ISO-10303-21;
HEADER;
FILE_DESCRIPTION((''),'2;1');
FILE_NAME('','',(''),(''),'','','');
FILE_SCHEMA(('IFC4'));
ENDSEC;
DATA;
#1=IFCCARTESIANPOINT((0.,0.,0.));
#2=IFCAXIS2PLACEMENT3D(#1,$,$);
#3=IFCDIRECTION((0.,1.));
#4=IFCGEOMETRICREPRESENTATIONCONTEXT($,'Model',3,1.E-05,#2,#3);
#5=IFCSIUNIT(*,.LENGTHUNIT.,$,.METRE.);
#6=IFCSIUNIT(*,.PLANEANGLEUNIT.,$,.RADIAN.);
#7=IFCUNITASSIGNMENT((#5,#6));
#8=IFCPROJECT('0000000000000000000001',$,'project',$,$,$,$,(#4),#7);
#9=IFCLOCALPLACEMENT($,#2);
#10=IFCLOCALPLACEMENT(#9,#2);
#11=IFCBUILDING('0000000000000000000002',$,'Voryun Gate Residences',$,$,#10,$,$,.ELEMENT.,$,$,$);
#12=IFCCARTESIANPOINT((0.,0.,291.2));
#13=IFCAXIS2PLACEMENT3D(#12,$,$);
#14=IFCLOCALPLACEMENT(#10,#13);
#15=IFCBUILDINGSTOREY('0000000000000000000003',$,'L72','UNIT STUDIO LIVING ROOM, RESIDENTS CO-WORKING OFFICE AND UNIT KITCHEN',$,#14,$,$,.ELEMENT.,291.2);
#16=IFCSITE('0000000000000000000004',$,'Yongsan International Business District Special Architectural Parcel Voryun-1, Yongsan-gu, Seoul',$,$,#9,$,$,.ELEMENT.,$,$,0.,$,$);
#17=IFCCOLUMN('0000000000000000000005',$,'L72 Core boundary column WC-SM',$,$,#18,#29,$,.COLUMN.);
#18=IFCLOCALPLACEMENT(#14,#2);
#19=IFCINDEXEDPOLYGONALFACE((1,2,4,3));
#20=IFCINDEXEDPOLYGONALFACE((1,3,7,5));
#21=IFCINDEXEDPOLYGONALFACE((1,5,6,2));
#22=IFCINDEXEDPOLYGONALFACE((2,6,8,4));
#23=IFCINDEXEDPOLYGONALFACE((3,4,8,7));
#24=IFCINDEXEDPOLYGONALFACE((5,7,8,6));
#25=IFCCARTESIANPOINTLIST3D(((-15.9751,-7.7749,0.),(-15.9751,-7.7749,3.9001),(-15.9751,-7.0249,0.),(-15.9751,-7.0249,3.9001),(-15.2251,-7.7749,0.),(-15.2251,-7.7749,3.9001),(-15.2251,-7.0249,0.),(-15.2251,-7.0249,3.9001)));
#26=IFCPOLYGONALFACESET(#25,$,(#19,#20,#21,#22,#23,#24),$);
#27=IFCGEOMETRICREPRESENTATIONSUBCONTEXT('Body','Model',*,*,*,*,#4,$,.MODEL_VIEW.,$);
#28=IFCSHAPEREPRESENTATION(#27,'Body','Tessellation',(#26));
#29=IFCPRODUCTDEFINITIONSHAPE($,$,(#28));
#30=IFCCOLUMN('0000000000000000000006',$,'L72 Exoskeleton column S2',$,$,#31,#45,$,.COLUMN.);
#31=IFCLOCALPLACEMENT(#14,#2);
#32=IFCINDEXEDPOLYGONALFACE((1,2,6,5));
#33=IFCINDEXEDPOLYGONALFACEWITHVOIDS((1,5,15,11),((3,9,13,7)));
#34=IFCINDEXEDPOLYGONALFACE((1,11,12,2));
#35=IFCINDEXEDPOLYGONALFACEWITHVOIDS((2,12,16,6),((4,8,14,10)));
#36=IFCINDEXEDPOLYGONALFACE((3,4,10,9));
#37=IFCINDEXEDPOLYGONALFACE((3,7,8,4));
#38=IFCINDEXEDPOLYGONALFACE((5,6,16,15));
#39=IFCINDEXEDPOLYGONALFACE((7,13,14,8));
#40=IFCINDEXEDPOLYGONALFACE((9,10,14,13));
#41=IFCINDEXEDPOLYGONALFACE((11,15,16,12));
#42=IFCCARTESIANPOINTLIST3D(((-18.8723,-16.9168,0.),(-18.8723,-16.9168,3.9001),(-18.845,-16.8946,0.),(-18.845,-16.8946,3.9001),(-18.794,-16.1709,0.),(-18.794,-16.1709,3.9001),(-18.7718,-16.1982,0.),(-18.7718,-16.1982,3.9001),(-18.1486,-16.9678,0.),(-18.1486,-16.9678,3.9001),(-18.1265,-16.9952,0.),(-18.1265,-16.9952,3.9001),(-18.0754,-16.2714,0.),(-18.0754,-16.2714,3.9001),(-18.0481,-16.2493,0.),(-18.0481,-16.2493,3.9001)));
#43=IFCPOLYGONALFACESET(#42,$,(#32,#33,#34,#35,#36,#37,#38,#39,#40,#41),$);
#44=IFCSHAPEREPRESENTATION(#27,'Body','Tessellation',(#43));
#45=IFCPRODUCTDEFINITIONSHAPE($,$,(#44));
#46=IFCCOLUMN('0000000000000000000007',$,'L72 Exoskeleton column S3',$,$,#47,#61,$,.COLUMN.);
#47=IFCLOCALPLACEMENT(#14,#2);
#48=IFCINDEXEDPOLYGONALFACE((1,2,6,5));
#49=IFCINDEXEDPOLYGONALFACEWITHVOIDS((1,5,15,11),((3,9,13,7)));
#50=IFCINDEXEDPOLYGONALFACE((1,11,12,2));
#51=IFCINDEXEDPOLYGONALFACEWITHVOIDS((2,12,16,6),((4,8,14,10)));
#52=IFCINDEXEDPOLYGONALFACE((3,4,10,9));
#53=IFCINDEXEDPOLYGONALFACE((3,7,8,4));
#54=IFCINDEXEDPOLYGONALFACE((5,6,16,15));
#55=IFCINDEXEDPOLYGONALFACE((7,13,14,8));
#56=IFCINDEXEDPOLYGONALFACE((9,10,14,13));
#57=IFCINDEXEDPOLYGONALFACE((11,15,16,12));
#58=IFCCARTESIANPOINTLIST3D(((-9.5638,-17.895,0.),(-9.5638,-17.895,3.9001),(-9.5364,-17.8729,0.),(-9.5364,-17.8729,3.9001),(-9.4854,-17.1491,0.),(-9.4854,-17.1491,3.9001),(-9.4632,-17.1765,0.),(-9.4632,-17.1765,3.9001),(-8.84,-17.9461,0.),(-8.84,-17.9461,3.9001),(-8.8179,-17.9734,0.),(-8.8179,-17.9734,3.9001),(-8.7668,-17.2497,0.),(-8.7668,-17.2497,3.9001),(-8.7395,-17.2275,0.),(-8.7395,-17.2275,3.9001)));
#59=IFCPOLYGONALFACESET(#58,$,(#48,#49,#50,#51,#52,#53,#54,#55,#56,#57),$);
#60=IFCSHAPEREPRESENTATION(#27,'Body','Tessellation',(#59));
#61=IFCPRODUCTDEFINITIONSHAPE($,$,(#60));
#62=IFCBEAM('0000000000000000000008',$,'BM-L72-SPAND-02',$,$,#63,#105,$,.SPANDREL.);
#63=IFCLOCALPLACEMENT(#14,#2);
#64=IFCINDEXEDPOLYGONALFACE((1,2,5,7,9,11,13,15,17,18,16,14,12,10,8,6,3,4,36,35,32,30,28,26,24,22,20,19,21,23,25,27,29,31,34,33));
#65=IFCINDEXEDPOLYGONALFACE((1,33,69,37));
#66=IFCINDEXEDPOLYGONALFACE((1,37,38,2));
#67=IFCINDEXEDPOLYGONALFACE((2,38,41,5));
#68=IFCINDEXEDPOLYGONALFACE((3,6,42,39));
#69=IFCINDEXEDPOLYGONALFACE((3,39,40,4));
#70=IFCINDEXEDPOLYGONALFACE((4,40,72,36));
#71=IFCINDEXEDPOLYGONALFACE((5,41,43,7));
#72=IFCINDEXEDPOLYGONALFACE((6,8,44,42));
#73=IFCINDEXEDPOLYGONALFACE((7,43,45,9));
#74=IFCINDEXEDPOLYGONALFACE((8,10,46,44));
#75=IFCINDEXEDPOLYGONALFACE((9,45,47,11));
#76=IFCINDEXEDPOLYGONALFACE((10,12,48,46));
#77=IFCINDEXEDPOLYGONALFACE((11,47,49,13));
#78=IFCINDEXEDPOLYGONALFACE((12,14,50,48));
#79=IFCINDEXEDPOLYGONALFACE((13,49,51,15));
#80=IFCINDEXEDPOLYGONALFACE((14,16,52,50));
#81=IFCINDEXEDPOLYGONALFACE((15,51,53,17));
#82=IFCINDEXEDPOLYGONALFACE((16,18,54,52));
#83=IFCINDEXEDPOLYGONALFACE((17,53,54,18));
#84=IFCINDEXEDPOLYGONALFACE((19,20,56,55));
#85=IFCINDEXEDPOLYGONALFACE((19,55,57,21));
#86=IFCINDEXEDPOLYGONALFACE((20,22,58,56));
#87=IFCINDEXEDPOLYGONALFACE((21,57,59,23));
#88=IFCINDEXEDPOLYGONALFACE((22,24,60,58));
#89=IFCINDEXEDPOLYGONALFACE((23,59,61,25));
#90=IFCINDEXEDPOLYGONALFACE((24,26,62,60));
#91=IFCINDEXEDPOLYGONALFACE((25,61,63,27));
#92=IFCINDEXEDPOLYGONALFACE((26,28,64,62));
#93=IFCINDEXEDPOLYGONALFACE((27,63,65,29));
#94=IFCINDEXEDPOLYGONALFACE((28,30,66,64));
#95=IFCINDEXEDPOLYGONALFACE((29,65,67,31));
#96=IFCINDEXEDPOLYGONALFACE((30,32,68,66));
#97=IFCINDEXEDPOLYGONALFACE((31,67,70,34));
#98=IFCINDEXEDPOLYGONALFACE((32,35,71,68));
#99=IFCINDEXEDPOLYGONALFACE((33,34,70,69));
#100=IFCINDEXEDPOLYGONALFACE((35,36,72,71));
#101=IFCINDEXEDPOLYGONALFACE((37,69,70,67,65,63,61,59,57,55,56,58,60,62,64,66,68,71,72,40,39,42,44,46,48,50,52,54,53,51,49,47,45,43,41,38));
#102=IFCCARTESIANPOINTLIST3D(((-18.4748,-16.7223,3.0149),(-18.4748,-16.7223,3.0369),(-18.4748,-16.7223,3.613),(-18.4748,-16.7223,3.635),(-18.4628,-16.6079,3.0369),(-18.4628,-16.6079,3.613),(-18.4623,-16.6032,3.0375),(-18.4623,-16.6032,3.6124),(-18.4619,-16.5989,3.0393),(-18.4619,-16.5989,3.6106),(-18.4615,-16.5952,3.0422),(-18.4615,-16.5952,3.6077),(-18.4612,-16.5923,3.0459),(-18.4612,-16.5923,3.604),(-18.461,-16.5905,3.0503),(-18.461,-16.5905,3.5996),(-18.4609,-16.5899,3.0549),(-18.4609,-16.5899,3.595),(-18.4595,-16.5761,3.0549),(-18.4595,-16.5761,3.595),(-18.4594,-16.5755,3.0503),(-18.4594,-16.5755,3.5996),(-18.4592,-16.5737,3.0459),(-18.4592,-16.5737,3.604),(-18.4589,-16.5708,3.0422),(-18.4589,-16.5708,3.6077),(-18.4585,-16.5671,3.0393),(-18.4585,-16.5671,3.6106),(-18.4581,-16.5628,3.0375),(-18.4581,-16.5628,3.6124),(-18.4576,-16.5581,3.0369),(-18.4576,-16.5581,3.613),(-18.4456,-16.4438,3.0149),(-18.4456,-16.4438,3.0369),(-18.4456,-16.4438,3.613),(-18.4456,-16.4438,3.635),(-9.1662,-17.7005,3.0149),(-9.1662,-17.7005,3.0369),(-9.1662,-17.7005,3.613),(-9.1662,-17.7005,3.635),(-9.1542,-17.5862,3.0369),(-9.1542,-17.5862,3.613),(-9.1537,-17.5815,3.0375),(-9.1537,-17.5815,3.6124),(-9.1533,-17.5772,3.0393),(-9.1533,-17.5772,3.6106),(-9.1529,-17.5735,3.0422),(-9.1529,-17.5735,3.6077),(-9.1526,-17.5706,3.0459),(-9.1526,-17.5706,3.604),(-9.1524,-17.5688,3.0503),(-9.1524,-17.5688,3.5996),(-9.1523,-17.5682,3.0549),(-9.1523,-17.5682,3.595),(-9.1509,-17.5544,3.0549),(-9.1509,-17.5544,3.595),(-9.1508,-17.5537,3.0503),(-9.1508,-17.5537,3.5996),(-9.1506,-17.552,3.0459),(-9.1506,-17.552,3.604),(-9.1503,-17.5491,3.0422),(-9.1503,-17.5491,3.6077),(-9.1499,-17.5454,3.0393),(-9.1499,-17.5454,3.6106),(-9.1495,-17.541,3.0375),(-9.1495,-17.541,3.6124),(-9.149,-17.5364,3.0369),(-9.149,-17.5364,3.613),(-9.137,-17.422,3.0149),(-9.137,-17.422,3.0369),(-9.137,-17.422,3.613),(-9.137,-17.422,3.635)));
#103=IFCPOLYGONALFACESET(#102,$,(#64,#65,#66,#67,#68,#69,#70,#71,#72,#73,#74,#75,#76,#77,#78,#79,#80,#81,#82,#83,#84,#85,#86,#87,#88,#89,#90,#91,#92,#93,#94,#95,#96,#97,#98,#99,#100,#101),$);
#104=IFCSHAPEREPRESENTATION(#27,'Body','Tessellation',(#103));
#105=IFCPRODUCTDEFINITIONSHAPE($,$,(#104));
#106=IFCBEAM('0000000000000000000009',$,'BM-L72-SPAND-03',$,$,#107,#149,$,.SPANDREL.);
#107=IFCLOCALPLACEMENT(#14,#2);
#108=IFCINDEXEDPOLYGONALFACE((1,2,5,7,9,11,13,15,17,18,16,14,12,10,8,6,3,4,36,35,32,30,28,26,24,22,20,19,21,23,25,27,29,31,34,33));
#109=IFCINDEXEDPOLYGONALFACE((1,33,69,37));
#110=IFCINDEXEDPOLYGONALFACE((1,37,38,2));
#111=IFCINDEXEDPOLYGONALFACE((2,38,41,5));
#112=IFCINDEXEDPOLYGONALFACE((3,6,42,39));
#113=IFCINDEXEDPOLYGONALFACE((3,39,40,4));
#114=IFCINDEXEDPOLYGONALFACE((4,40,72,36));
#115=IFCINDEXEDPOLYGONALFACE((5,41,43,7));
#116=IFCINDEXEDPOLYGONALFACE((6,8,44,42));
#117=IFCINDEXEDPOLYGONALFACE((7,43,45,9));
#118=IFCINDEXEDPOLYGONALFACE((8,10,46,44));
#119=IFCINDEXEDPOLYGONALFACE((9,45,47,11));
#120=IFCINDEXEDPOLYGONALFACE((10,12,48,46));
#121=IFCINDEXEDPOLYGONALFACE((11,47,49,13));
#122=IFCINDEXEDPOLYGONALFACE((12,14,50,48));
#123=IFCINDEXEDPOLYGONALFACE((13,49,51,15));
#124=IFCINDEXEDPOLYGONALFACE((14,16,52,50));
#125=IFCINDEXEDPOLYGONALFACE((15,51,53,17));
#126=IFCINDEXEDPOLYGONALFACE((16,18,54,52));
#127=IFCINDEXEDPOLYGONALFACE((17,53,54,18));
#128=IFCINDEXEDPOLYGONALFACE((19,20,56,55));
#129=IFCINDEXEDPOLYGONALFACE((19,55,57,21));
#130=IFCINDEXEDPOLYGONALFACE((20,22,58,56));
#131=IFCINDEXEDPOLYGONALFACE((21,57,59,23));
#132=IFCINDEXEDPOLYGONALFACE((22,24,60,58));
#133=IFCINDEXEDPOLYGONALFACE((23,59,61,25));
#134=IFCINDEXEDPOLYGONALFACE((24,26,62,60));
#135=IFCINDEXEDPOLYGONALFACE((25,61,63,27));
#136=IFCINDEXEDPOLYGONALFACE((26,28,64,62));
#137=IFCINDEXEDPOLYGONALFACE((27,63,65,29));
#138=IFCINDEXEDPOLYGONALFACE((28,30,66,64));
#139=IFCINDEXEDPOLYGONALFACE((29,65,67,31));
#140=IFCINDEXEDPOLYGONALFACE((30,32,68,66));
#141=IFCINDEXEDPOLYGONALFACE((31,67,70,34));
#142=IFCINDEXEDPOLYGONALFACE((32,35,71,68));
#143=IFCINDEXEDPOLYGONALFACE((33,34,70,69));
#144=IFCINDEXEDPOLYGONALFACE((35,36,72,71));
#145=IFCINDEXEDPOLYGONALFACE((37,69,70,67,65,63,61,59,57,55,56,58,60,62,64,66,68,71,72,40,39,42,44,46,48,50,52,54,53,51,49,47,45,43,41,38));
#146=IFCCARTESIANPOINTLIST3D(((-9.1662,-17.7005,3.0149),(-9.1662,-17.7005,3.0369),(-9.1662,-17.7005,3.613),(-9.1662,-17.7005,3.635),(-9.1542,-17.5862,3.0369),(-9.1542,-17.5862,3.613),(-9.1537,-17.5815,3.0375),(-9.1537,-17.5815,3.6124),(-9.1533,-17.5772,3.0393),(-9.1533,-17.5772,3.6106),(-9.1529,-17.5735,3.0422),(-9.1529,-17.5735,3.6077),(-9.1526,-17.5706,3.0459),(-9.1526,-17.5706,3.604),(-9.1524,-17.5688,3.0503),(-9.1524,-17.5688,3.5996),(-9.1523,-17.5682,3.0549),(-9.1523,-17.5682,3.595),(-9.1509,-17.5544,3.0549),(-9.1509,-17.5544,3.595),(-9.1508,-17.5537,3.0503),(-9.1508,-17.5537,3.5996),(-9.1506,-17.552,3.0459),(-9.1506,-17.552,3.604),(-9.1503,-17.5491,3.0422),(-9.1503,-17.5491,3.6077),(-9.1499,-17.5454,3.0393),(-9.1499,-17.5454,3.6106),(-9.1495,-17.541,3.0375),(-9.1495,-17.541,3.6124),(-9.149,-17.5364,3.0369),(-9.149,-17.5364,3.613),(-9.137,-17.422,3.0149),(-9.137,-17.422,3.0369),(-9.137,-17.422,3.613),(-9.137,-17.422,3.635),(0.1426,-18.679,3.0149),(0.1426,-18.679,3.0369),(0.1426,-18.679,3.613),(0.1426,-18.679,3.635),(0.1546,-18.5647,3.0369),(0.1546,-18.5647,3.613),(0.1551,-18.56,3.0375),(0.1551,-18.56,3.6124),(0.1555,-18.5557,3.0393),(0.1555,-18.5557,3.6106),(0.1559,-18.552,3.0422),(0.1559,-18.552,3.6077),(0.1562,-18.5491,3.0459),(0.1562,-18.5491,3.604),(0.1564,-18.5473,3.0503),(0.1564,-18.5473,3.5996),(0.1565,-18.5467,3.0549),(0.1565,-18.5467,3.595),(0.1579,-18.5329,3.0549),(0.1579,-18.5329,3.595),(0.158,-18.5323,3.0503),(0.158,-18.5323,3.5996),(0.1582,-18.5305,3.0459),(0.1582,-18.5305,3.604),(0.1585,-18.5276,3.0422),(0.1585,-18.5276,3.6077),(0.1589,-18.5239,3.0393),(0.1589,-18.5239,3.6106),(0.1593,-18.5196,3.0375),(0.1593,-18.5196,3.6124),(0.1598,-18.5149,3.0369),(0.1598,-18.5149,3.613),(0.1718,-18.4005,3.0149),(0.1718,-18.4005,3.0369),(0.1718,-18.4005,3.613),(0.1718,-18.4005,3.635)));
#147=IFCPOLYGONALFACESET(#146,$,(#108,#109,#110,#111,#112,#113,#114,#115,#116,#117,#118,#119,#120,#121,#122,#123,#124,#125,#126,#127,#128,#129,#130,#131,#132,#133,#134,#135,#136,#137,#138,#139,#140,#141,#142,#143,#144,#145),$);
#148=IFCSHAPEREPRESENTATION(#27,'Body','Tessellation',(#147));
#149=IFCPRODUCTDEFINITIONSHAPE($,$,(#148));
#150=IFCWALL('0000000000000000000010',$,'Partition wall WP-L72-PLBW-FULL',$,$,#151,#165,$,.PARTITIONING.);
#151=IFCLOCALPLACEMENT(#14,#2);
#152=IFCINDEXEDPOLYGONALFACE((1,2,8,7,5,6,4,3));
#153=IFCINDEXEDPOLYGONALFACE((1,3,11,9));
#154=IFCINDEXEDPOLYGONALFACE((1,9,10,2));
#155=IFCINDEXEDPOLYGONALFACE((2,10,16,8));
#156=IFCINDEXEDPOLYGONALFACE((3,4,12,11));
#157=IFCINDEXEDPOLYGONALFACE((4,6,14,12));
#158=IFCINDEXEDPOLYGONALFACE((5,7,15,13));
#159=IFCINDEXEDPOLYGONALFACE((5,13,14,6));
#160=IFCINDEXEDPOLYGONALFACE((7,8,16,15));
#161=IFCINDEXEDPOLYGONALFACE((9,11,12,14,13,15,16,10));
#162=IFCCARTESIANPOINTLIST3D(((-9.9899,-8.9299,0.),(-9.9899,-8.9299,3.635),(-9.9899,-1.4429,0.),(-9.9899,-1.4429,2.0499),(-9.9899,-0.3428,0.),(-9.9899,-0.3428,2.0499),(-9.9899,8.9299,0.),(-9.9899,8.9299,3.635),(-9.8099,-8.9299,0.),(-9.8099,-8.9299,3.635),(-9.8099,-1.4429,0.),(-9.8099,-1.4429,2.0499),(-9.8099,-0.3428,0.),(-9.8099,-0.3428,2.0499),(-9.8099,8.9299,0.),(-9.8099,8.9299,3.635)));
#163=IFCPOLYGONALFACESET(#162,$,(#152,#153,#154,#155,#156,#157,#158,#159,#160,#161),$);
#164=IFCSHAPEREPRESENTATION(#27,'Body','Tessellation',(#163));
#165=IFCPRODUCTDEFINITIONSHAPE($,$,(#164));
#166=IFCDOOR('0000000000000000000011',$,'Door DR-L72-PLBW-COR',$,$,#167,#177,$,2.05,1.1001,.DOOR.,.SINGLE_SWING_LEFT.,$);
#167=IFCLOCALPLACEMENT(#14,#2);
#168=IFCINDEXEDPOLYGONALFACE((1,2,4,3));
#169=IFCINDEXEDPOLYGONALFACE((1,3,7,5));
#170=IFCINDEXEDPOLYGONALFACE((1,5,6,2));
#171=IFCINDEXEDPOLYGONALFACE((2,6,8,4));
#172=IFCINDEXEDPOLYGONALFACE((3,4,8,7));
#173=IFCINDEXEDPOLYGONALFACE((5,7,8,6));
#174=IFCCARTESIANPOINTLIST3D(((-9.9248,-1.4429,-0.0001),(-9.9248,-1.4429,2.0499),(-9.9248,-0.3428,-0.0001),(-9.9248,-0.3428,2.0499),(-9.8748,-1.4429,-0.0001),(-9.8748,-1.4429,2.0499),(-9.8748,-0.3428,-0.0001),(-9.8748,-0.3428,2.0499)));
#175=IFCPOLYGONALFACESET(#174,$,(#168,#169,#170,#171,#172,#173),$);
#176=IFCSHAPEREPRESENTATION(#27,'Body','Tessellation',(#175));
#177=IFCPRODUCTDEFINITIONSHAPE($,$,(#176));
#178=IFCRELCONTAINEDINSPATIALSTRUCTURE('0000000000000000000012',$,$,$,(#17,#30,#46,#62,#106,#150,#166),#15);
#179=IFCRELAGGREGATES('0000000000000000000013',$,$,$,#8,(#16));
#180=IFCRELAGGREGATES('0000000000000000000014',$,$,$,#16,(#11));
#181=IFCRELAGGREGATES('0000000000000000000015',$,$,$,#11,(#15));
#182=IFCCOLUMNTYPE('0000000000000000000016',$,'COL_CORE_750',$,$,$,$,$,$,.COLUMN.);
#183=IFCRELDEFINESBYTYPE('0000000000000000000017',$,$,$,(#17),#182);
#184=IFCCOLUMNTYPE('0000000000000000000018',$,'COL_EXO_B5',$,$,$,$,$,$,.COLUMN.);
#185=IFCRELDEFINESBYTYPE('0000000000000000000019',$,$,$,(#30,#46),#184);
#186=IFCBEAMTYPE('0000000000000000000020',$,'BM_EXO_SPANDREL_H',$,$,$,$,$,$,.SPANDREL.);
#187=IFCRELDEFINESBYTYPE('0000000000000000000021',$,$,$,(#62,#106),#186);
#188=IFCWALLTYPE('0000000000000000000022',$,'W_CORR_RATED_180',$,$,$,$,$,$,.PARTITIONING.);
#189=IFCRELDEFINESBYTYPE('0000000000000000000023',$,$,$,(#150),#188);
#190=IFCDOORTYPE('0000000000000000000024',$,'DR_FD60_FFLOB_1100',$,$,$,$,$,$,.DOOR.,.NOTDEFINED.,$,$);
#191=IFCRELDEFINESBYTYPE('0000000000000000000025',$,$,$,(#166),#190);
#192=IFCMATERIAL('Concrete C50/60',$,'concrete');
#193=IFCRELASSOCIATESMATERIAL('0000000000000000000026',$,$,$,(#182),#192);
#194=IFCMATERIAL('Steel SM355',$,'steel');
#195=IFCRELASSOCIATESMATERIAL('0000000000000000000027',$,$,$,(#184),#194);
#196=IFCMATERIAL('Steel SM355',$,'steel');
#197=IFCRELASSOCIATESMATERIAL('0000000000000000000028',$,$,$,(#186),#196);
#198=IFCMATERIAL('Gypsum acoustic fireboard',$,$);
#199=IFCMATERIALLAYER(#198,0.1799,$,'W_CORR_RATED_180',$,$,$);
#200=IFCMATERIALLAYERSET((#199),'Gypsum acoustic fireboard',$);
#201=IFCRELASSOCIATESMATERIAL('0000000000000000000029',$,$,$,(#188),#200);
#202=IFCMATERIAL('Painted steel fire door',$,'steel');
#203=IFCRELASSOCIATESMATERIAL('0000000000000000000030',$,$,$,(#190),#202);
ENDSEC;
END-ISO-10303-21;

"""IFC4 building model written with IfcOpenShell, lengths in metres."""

from ifc_helpers import new_model, si_unit, direction, frame, frame_2d, origin, origin_2d, place, context, subcontext, project, spatial, rectangle, hollow_rectangle, i_section, extrude, material, layer, layer_set, material_profile, profile_set, type_object, element, fill, save


model = new_model("IFC4")

# Units and contexts
model_context = context("Model", 3, precision=1e-05, world=origin(), true_north=direction((0.0, 1.0)))
body_context = subcontext(model_context, "Body", "Model", "MODEL_VIEW")
ifc_project = project(units=[si_unit("LENGTHUNIT", "METRE"), si_unit("PLANEANGLEUNIT", "RADIAN")], contexts=[model_context])

# Site, building, storey
site_placement = place(None, origin())
site = spatial("IfcSite", under=ifc_project, at=site_placement, Name="Yongsan International Business District Special Architectural Parcel Voryun-1, Yongsan-gu, Seoul", CompositionType="ELEMENT", RefElevation=0.0)
building_placement = place(site_placement, origin())
building = spatial("IfcBuilding", under=site, at=building_placement, Name="Voryun Gate Residences", CompositionType="ELEMENT")
storey_placement = place(building_placement, frame((0.0, 0.0, 291.2)))
storey = spatial("IfcBuildingStorey", under=building, at=storey_placement, Name="L72", Description="UNIT STUDIO LIVING ROOM, RESIDENTS CO-WORKING OFFICE AND UNIT KITCHEN", CompositionType="ELEMENT", Elevation=291.2)

# Columns
ifc_material_1 = material(Name="Concrete C50/60", Category="concrete")
ifc_material_profile_1 = material_profile(ifc_material_1, rectangle(XDim=0.75, YDim=0.75, at=origin_2d()), Name="RC-750x750")
ifc_profile_set_1 = profile_set([ifc_material_profile_1], Name="Concrete C50/60")
column_type_1 = type_object("IfcColumnType", Name="COL_CORE_750", PredefinedType="COLUMN", material=ifc_profile_set_1)
column_placement = place(storey_placement, frame((-15.6001, -7.3999, 0.0), z_axis=(0.0, 0.0, 1.0), x_axis=(1.0, 0.0, 0.0)))
element("IfcColumn", 1, at=column_placement, inside=storey, type_object=column_type_1, Name="L72 Core boundary column WC-SM", PredefinedType="COLUMN", context=body_context, shape_type="SweptSolid", body=[
    extrude(rectangle(XDim=0.75, YDim=0.75, at=origin_2d()), origin(), (0.0, 0.0, 1.0), 3.9001),
])
ifc_material_2 = material(Name="Steel SM355", Category="steel")
ifc_material_profile_2 = material_profile(ifc_material_2, hollow_rectangle(XDim=0.75, YDim=0.75, WallThickness=0.0249, at=origin_2d()), Name="BOX-750x750x25")
ifc_profile_set_2 = profile_set([ifc_material_profile_2], Name="Steel SM355")
column_type_2 = type_object("IfcColumnType", Name="COL_EXO_B5", PredefinedType="COLUMN", material=ifc_profile_set_2)
for number, where, z_axis, x_axis, name in (
    (2, (-18.4602, -16.583, 0.0), (0.0, 0.0, 1.0), (0.994522, -0.104528, 0.0), "L72 Exoskeleton column S2"),
    (3, (-9.1516, -17.5613, 0.0), (0.0, 0.0, 1.0), (0.994522, -0.104528, 0.0), "L72 Exoskeleton column S3"),
):
    element("IfcColumn", number, at=place(storey_placement, frame(where, z_axis=z_axis, x_axis=x_axis)), inside=storey, type_object=column_type_2, Name=name, PredefinedType="COLUMN", context=body_context, shape_type="SweptSolid", body=[
        extrude(hollow_rectangle(XDim=0.75, YDim=0.75, WallThickness=0.0249, at=origin_2d()), origin(), (0.0, 0.0, 1.0), 3.9001),
    ])

# Beams
ifc_material_3 = material(Name="Steel SM355", Category="steel")
ifc_material_profile_3 = material_profile(ifc_material_3, i_section(OverallWidth=0.28, OverallDepth=0.6201, WebThickness=0.0139, FlangeThickness=0.022, FilletRadius=0.0181, at=origin_2d()), Name="H-620x280x14x22")
ifc_profile_set_3 = profile_set([ifc_material_profile_3], Name="Steel SM355")
beam_type = type_object("IfcBeamType", Name="BM_EXO_SPANDREL_H", PredefinedType="SPANDREL", material=ifc_profile_set_3)
beam_1_placement = place(storey_placement, frame((-18.4602, -16.583, 3.325), z_axis=(0.994523, -0.104518, 0.0), x_axis=(0.104518, 0.994523, 0.0)))
element("IfcBeam", 4, at=beam_1_placement, inside=storey, type_object=beam_type, Name="BM-L72-SPAND-02", PredefinedType="SPANDREL", context=body_context, shape_type="SweptSolid", body=[
    extrude(i_section(OverallWidth=0.28, OverallDepth=0.6201, WebThickness=0.0139, FlangeThickness=0.022, FilletRadius=0.0181, at=origin_2d()), origin(), (0.0, 0.0, 1.0), 9.3599),
])
beam_2_placement = place(storey_placement, frame((-9.1516, -17.5613, 3.325), z_axis=(0.994521, -0.104541, 0.0), x_axis=(0.104541, 0.994521, 0.0)))
element("IfcBeam", 5, at=beam_2_placement, inside=storey, type_object=beam_type, Name="BM-L72-SPAND-03", PredefinedType="SPANDREL", context=body_context, shape_type="SweptSolid", body=[
    extrude(i_section(OverallWidth=0.28, OverallDepth=0.6201, WebThickness=0.0139, FlangeThickness=0.022, FilletRadius=0.0181, at=origin_2d()), origin(), (0.0, 0.0, 1.0), 9.3601),
])

# Wall, opening, door
ifc_material_4 = material(Name="Gypsum acoustic fireboard")
ifc_layer_1 = layer(ifc_material_4, 0.1799, Name="W_CORR_RATED_180")
ifc_layer_set_1 = layer_set([ifc_layer_1], Name="Gypsum acoustic fireboard")
wall_type_1 = type_object("IfcWallType", Name="W_CORR_RATED_180", PredefinedType="PARTITIONING", material=ifc_layer_set_1)
wall_1_placement = place(storey_placement, frame((-9.8999, -8.9299, 0.0), z_axis=(0.0, 0.0, 1.0), x_axis=(0.0, 1.0, 0.0)))
wall_1 = element("IfcWall", 6, at=wall_1_placement, inside=storey, type_object=wall_type_1, Name="Partition wall WP-L72-PLBW-FULL", PredefinedType="PARTITIONING", context=body_context, shape_type="SweptSolid", body=[
    extrude(rectangle(XDim=17.8599, YDim=0.1799, at=frame_2d((8.9299, 0.0))), origin(), (0.0, 0.0, 1.0), 3.635),
])
opening_1_placement = place(wall_1_placement, frame((7.4871, 0.0, 0.0)))
opening_1 = element("IfcOpeningElement", 7, at=opening_1_placement, cuts=wall_1, PredefinedType="OPENING", context=body_context, shape_type="SweptSolid", body=[
    extrude(rectangle(XDim=1.1001, YDim=2.05, at=frame_2d((0.55, 1.0249))), frame((0.0, 0.0999, 0.0), z_axis=(0.0, -1.0, 0.0), x_axis=(1.0, 0.0, 0.0)), (0.0, 0.0, 1.0), 0.2),
])
ifc_material_5 = material(Name="Painted steel fire door", Category="steel")
door_type_1 = type_object("IfcDoorType", Name="DR_FD60_FFLOB_1100", OperationType="NOTDEFINED", PredefinedType="DOOR", material=ifc_material_5)
door_1_placement = place(opening_1_placement, origin())
door_1 = element("IfcDoor", 8, at=door_1_placement, inside=storey, type_object=door_type_1, Name="Door DR-L72-PLBW-COR", OperationType="SINGLE_SWING_LEFT", OverallHeight=2.05, OverallWidth=1.1001, PredefinedType="DOOR", context=body_context, shape_type="SweptSolid", body=[
    extrude(rectangle(XDim=1.1001, YDim=2.05, at=frame_2d((0.55, 1.0249))), frame((0.0, 0.0249, 0.0), z_axis=(0.0, -1.0, 0.0), x_axis=(1.0, 0.0, 0.0)), (0.0, 0.0, 1.0), 0.05),
])
fill(opening_1, door_1)

save(model, "model.ifc")
